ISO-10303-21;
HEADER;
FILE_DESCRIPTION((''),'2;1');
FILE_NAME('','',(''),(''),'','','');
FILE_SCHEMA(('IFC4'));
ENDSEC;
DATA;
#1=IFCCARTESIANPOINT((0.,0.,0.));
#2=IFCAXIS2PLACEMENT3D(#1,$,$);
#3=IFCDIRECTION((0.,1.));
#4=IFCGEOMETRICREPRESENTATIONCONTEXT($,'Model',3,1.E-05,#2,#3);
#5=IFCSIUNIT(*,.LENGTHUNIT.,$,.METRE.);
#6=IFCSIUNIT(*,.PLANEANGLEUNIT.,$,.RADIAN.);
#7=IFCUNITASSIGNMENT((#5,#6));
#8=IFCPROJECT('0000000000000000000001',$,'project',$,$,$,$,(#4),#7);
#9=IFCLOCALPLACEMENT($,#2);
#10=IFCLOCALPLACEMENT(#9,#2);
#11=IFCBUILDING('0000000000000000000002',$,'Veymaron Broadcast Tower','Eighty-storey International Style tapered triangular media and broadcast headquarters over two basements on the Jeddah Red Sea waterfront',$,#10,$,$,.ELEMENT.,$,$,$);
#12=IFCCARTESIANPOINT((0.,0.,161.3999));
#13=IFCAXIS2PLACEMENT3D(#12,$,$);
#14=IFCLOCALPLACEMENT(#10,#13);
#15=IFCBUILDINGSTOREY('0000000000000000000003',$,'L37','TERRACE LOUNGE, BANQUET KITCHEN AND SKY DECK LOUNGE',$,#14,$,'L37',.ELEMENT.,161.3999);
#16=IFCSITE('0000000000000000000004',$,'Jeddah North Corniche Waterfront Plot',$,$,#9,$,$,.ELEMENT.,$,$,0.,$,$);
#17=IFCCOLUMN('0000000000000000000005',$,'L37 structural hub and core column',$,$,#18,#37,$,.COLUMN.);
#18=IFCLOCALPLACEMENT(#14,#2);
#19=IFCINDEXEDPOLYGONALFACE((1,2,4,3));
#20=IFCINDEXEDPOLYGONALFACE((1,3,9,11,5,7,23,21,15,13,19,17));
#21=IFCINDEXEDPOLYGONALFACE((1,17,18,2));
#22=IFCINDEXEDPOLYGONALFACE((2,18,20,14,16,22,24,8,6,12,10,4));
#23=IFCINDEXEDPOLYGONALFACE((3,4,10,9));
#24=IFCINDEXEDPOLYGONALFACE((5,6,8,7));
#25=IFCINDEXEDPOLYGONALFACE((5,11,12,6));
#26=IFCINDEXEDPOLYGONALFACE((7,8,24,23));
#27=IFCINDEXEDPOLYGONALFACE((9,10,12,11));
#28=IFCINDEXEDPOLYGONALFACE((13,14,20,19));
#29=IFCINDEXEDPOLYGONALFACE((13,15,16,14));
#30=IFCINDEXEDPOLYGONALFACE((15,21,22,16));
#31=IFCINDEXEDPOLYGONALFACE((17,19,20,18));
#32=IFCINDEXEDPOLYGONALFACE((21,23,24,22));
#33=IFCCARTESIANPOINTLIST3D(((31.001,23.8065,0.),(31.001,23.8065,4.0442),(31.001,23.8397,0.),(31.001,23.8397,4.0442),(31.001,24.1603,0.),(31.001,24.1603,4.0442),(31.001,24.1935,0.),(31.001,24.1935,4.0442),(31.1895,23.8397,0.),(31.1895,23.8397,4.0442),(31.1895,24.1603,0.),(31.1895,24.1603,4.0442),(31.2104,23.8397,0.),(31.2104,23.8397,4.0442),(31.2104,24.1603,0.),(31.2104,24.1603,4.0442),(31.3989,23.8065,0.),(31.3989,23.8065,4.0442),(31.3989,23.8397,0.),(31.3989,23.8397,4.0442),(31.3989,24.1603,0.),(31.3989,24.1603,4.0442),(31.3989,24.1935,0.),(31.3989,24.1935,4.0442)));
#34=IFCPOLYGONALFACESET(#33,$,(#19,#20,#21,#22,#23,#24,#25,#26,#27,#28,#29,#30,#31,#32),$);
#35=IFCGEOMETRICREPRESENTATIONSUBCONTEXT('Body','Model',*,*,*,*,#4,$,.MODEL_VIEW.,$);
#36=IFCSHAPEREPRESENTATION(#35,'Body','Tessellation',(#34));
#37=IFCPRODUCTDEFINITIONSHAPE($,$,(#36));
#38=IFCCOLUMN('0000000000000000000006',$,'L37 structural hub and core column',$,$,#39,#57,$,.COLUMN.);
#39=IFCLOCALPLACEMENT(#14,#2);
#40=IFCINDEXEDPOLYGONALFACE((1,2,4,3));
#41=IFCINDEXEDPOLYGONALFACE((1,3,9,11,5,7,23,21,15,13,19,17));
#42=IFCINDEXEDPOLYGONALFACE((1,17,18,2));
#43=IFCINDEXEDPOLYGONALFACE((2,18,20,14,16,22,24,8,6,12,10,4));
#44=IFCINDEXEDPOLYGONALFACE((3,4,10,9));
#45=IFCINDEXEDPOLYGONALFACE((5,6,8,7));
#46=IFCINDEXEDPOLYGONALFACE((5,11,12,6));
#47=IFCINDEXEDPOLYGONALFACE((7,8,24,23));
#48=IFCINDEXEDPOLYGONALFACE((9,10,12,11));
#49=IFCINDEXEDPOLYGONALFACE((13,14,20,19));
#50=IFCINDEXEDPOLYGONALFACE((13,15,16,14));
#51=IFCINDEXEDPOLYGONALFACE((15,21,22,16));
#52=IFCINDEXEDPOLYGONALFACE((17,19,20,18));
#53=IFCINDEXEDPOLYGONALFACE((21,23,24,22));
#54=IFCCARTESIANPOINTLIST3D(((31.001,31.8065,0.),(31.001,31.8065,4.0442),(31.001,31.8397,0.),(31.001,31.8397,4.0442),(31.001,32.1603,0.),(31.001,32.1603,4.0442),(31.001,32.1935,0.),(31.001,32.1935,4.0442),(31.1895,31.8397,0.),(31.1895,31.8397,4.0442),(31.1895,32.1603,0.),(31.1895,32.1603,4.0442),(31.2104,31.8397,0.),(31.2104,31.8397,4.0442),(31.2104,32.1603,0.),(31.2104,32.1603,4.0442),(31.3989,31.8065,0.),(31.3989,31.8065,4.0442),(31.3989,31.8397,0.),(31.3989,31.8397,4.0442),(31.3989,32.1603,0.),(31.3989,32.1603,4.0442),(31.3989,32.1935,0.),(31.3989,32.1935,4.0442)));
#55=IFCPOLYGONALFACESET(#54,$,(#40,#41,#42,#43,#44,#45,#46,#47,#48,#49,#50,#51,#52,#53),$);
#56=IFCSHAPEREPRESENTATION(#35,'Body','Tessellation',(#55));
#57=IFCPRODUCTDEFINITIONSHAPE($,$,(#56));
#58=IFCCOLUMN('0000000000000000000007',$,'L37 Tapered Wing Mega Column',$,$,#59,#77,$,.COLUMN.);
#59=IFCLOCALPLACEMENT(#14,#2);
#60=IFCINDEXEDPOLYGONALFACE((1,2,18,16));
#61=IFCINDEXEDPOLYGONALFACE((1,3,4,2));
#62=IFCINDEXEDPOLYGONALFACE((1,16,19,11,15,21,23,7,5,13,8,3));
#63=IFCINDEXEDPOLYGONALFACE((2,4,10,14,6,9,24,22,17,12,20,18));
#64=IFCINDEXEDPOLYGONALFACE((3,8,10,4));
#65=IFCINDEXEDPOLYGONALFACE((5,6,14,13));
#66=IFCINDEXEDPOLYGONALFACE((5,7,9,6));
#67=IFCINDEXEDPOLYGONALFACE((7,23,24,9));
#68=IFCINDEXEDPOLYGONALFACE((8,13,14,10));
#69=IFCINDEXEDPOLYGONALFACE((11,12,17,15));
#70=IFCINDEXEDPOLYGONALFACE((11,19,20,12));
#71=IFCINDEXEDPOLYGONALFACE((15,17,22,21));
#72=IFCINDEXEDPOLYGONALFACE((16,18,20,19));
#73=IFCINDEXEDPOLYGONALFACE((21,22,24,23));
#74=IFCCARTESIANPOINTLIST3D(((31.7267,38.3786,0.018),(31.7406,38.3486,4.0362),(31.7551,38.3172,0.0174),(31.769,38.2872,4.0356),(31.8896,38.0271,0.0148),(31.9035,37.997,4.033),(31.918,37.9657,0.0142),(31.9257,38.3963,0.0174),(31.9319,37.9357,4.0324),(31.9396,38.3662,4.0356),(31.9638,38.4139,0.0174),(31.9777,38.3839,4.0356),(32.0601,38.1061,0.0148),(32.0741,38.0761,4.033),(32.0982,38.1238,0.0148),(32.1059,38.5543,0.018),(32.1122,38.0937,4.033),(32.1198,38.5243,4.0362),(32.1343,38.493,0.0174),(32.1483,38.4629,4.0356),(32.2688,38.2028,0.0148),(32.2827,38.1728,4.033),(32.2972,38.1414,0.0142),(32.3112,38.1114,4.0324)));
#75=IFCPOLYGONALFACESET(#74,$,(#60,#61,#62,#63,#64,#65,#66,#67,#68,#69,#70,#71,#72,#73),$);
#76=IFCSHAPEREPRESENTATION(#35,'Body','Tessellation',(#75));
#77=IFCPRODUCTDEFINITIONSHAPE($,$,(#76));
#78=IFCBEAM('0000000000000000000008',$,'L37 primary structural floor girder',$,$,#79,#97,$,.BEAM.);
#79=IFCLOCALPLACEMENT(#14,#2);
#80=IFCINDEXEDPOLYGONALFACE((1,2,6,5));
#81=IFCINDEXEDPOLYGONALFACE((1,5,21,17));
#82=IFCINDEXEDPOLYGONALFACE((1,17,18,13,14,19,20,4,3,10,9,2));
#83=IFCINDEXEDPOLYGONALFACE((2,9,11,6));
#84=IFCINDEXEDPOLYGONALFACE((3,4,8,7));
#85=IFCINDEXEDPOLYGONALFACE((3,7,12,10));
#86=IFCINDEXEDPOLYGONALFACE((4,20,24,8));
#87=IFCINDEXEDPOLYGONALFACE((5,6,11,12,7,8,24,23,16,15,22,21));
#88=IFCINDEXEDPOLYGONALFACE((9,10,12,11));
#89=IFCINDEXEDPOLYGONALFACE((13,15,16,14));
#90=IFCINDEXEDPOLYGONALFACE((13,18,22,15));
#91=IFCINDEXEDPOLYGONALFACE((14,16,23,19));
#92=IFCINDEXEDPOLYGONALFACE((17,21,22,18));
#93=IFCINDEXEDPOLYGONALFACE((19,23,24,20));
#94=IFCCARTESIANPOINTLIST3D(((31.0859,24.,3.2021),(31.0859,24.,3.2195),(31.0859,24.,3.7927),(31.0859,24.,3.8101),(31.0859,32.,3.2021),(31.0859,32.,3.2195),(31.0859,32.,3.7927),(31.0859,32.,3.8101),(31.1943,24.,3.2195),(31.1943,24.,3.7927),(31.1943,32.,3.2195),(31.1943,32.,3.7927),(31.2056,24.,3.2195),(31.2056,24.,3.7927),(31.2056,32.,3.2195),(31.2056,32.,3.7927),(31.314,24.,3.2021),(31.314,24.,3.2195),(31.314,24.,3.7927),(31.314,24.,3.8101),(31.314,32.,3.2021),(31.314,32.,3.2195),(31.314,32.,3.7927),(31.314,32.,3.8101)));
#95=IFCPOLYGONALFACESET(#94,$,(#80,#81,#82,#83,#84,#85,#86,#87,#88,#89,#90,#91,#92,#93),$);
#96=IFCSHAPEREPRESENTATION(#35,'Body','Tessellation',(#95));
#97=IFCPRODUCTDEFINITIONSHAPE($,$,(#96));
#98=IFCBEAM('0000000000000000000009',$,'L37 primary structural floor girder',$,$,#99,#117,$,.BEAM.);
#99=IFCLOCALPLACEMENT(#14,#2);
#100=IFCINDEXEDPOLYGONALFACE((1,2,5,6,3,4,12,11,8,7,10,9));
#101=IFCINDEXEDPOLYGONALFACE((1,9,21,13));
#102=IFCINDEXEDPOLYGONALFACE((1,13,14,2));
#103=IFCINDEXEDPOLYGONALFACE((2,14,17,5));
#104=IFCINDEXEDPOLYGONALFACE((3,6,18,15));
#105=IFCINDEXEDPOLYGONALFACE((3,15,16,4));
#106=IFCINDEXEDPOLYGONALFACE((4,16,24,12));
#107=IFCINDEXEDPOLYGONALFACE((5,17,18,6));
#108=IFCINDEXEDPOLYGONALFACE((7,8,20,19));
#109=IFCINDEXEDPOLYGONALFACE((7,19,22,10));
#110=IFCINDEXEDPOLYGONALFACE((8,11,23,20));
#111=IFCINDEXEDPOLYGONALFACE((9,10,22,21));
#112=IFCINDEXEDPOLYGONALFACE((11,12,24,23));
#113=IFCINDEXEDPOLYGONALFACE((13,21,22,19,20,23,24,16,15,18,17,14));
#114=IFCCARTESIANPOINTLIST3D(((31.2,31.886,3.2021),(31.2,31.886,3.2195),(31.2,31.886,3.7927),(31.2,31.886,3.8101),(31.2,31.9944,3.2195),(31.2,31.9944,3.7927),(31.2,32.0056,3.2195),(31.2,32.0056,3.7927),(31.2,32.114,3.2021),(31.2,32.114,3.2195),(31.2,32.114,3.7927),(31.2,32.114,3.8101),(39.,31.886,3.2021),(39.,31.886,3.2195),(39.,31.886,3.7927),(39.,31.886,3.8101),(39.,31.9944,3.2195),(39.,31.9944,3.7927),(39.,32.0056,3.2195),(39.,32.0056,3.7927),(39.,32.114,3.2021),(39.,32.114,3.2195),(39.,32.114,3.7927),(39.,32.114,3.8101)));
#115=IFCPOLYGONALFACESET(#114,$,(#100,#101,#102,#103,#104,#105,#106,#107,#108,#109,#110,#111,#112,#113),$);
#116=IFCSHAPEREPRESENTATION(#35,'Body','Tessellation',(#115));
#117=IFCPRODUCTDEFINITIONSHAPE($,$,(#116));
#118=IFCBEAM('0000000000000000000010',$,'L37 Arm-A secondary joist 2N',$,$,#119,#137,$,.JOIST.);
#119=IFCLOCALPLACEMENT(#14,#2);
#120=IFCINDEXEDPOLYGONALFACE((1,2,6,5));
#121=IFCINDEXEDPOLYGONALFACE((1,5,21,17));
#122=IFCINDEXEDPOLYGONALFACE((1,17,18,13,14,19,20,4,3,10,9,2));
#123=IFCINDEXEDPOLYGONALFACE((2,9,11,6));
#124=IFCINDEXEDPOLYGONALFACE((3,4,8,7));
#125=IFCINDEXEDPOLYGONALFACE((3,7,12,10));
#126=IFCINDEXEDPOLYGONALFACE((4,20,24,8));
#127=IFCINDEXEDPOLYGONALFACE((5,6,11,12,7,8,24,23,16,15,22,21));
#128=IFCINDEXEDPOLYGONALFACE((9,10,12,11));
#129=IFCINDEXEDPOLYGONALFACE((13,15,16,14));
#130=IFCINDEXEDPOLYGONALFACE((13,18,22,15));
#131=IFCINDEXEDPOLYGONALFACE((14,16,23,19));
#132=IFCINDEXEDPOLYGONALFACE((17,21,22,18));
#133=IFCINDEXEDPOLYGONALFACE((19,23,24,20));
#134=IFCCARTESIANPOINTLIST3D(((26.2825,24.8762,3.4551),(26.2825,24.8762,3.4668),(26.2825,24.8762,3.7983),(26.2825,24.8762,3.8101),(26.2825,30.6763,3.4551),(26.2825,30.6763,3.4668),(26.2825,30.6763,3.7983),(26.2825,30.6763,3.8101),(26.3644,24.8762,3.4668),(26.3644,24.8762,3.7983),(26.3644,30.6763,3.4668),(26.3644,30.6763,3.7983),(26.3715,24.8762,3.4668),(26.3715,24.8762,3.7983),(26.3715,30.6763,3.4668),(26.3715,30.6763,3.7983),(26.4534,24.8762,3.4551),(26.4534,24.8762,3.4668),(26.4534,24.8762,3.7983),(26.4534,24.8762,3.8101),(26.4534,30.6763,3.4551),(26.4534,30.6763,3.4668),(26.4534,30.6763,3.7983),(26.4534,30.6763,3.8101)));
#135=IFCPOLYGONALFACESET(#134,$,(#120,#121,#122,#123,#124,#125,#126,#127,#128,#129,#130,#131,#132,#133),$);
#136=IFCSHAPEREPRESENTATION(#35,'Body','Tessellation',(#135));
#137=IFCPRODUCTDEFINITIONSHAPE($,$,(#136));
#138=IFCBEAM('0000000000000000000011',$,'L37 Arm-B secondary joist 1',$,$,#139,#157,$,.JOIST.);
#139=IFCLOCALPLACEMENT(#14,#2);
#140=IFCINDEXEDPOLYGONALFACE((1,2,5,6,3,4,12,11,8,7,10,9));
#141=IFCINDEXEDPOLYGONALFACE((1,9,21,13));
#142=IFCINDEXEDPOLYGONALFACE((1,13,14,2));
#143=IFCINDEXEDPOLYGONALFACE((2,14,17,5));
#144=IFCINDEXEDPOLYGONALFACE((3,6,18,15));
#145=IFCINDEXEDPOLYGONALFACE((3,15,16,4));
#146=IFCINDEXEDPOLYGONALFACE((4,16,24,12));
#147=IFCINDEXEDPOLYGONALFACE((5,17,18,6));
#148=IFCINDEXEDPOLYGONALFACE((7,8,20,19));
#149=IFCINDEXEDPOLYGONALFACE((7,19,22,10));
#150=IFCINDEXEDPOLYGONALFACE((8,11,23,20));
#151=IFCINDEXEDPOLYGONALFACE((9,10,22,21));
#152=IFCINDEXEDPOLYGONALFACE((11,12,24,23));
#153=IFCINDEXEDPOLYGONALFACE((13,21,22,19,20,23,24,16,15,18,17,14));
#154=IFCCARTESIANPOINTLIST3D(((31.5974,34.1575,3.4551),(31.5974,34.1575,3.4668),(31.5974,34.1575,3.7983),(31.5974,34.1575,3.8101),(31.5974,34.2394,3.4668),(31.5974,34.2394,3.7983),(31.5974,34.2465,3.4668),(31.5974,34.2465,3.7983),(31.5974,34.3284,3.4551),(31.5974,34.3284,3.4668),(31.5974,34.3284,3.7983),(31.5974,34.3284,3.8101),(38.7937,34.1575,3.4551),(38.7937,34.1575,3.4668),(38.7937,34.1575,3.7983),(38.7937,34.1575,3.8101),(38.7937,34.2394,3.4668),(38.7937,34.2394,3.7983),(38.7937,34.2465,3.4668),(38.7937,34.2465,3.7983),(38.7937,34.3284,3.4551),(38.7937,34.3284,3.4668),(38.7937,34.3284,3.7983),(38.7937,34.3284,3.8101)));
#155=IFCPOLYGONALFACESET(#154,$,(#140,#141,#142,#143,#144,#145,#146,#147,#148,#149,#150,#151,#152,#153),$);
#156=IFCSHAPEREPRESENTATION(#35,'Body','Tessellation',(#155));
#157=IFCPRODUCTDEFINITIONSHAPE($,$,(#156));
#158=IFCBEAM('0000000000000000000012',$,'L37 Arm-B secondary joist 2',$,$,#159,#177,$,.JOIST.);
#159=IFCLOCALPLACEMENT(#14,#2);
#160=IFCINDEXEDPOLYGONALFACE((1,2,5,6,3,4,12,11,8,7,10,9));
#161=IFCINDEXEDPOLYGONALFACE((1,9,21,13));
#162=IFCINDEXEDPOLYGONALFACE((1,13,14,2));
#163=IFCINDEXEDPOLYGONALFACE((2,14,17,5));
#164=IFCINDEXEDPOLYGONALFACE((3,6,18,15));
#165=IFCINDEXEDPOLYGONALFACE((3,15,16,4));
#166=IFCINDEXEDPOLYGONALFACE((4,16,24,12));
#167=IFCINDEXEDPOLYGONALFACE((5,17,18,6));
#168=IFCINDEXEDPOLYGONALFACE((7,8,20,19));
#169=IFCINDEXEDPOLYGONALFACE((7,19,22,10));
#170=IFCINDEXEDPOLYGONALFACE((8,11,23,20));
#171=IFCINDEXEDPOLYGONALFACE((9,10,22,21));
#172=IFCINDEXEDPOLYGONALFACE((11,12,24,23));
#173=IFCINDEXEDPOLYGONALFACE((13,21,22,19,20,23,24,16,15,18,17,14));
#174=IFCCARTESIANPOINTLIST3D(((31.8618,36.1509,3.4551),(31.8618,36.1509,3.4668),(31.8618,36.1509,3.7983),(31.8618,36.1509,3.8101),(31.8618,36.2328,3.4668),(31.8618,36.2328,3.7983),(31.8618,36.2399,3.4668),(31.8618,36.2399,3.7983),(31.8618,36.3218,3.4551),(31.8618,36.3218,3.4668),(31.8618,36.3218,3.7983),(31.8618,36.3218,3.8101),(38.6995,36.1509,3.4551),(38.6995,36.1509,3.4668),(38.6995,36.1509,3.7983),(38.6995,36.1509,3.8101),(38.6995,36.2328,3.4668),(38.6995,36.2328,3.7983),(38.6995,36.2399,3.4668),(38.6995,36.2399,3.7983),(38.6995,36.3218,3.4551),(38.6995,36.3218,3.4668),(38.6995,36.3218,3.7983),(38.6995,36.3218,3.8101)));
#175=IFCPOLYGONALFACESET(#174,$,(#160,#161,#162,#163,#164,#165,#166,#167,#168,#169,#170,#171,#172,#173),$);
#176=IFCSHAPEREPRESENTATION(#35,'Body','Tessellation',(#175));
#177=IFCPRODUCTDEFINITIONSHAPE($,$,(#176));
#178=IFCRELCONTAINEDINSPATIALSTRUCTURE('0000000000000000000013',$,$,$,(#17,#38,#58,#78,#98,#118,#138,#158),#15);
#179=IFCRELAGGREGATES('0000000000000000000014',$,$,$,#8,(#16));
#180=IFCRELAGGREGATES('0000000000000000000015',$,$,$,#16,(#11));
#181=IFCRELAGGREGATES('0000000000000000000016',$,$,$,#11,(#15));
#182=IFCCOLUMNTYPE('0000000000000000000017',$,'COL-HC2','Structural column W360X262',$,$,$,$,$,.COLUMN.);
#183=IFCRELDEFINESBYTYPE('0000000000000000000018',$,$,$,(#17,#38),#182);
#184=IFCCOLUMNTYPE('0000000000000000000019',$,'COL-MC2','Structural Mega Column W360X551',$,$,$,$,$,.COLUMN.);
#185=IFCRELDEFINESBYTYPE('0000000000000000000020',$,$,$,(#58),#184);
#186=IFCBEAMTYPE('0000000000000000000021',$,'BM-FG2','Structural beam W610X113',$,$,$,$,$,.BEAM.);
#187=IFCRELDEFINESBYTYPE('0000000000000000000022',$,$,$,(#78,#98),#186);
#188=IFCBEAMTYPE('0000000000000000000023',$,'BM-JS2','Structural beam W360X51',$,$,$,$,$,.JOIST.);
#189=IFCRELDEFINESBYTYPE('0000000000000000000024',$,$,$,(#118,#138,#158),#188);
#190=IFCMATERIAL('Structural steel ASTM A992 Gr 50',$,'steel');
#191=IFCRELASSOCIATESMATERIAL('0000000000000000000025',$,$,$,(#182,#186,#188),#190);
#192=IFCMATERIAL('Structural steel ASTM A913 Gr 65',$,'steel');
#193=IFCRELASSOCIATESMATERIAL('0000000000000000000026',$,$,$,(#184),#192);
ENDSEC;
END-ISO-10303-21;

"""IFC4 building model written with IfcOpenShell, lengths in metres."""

from ifc_helpers import new_model, si_unit, direction, frame, origin, origin_2d, place, context, subcontext, project, spatial, i_section, extrude, material, material_profile, profile_set, type_object, element, save


model = new_model("IFC4")

# Units and contexts
model_context = context("Model", 3, precision=1e-05, world=origin(), true_north=direction((0.0, 1.0)))
body_context = subcontext(model_context, "Body", "Model", "MODEL_VIEW")
ifc_project = project(units=[si_unit("LENGTHUNIT", "METRE"), si_unit("PLANEANGLEUNIT", "RADIAN")], contexts=[model_context])

# Site, building, storey
site_placement = place(None, origin())
site = spatial("IfcSite", under=ifc_project, at=site_placement, Name="Jeddah North Corniche Waterfront Plot", CompositionType="ELEMENT", RefElevation=0.0)
building_placement = place(site_placement, origin())
building = spatial("IfcBuilding", under=site, at=building_placement, Name="Veymaron Broadcast Tower", Description="Eighty-storey International Style tapered triangular media and broadcast headquarters over two basements on the Jeddah Red Sea waterfront", CompositionType="ELEMENT")
storey_placement = place(building_placement, frame((0.0, 0.0, 161.3999)))
storey = spatial("IfcBuildingStorey", under=building, at=storey_placement, Name="L37", Description="TERRACE LOUNGE, BANQUET KITCHEN AND SKY DECK LOUNGE", LongName="L37", CompositionType="ELEMENT", Elevation=161.3999)

# Columns
ifc_material_1 = material(Name="Structural steel ASTM A992 Gr 50", Category="steel")
ifc_material_profile_1 = material_profile(ifc_material_1, i_section(OverallWidth=0.3979, OverallDepth=0.387, WebThickness=0.021, FlangeThickness=0.0332, at=origin_2d()), Name="W360X262")
ifc_profile_set_1 = profile_set([ifc_material_profile_1], Name="Structural steel ASTM A992 Gr 50")
column_type_1 = type_object("IfcColumnType", Name="COL-HC2", Description="Structural column W360X262", PredefinedType="COLUMN", material=ifc_profile_set_1)
for number, where, z_axis, x_axis, name in (
    (1, (31.2, 24.0, 0.0), (0.0, 0.0, 1.0), (1.0, 0.0, 0.0), "L37 structural hub and core column"),
    (2, (31.2, 32.0, 0.0), (0.0, 0.0, 1.0), (1.0, 0.0, 0.0), "L37 structural hub and core column"),
):
    element("IfcColumn", number, at=place(storey_placement, frame(where, z_axis=z_axis, x_axis=x_axis)), inside=storey, type_object=column_type_1, Name=name, PredefinedType="COLUMN", context=body_context, shape_type="SweptSolid", body=[
        extrude(i_section(OverallWidth=0.3979, OverallDepth=0.387, WebThickness=0.021, FlangeThickness=0.0332, at=origin_2d()), origin(), (0.0, 0.0, 1.0), 4.0442),
    ])
ifc_material_2 = material(Name="Structural steel ASTM A913 Gr 65", Category="steel")
ifc_material_profile_2 = material_profile(ifc_material_2, i_section(OverallWidth=0.418, OverallDepth=0.4551, WebThickness=0.042, FlangeThickness=0.0676, at=origin_2d()), Name="W360X551")
ifc_profile_set_2 = profile_set([ifc_material_profile_2], Name="Structural steel ASTM A913 Gr 65")
column_type_2 = type_object("IfcColumnType", Name="COL-MC2", Description="Structural Mega Column W360X551", PredefinedType="COLUMN", material=ifc_profile_set_2)
column_placement = place(storey_placement, frame((32.012, 38.26, 0.0161), z_axis=(0.003463, -0.007473, 0.999966), x_axis=(0.907311, 0.420461, 0.0)))
element("IfcColumn", 3, at=column_placement, inside=storey, type_object=column_type_2, Name="L37 Tapered Wing Mega Column", PredefinedType="COLUMN", context=body_context, shape_type="SweptSolid", body=[
    extrude(i_section(OverallWidth=0.418, OverallDepth=0.4551, WebThickness=0.042, FlangeThickness=0.0676, at=origin_2d()), origin(), (0.0, 0.0, 1.0), 4.0183),
])

# Beams
ifc_material_profile_3 = material_profile(ifc_material_1, i_section(OverallWidth=0.228, OverallDepth=0.6079, WebThickness=0.0112, FlangeThickness=0.0173, at=origin_2d()), Name="W610X113")
ifc_profile_set_3 = profile_set([ifc_material_profile_3], Name="Structural steel ASTM A992 Gr 50")
beam_type_1 = type_object("IfcBeamType", Name="BM-FG2", Description="Structural beam W610X113", PredefinedType="BEAM", material=ifc_profile_set_3)
beam_1_placement = place(storey_placement, frame((31.2, 24.0, 3.5061), z_axis=(0.0, 1.0, 0.0), x_axis=(-1.0, 0.0, 0.0)))
element("IfcBeam", 4, at=beam_1_placement, inside=storey, type_object=beam_type_1, Name="L37 primary structural floor girder", PredefinedType="BEAM", context=body_context, shape_type="SweptSolid", body=[
    extrude(i_section(OverallWidth=0.228, OverallDepth=0.6079, WebThickness=0.0112, FlangeThickness=0.0173, at=origin_2d()), origin(), (0.0, 0.0, 1.0), 8.0),
])
beam_2_placement = place(storey_placement, frame((31.2, 32.0, 3.5061), z_axis=(1.0, 0.0, 0.0), x_axis=(0.0, 1.0, 0.0)))
element("IfcBeam", 5, at=beam_2_placement, inside=storey, type_object=beam_type_1, Name="L37 primary structural floor girder", PredefinedType="BEAM", context=body_context, shape_type="SweptSolid", body=[
    extrude(i_section(OverallWidth=0.228, OverallDepth=0.6079, WebThickness=0.0112, FlangeThickness=0.0173, at=origin_2d()), origin(), (0.0, 0.0, 1.0), 7.8),
])
ifc_material_profile_4 = material_profile(ifc_material_1, i_section(OverallWidth=0.1709, OverallDepth=0.355, WebThickness=0.0071, FlangeThickness=0.0117, at=origin_2d()), Name="W360X51")
ifc_profile_set_4 = profile_set([ifc_material_profile_4], Name="Structural steel ASTM A992 Gr 50")
beam_type_2 = type_object("IfcBeamType", Name="BM-JS2", Description="Structural beam W360X51", PredefinedType="JOIST", material=ifc_profile_set_4)
beam_3_placement = place(storey_placement, frame((26.3679, 24.8762, 3.6326), z_axis=(0.0, 1.0, 0.0), x_axis=(-1.0, 0.0, 0.0)))
element("IfcBeam", 6, at=beam_3_placement, inside=storey, type_object=beam_type_2, Name="L37 Arm-A secondary joist 2N", PredefinedType="JOIST", context=body_context, shape_type="SweptSolid", body=[
    extrude(i_section(OverallWidth=0.1709, OverallDepth=0.355, WebThickness=0.0071, FlangeThickness=0.0117, at=origin_2d()), origin(), (0.0, 0.0, 1.0), 5.8),
])
beam_4_placement = place(storey_placement, frame((31.5974, 34.2429, 3.6326), z_axis=(1.0, 0.0, 0.0), x_axis=(0.0, 1.0, 0.0)))
element("IfcBeam", 7, at=beam_4_placement, inside=storey, type_object=beam_type_2, Name="L37 Arm-B secondary joist 1", PredefinedType="JOIST", context=body_context, shape_type="SweptSolid", body=[
    extrude(i_section(OverallWidth=0.1709, OverallDepth=0.355, WebThickness=0.0071, FlangeThickness=0.0117, at=origin_2d()), origin(), (0.0, 0.0, 1.0), 7.1963),
])
beam_5_placement = place(storey_placement, frame((31.8618, 36.2363, 3.6326), z_axis=(1.0, 0.0, 0.0), x_axis=(0.0, 1.0, 0.0)))
element("IfcBeam", 8, at=beam_5_placement, inside=storey, type_object=beam_type_2, Name="L37 Arm-B secondary joist 2", PredefinedType="JOIST", context=body_context, shape_type="SweptSolid", body=[
    extrude(i_section(OverallWidth=0.1709, OverallDepth=0.355, WebThickness=0.0071, FlangeThickness=0.0117, at=origin_2d()), origin(), (0.0, 0.0, 1.0), 6.8376),
])

save(model, "model.ifc")
